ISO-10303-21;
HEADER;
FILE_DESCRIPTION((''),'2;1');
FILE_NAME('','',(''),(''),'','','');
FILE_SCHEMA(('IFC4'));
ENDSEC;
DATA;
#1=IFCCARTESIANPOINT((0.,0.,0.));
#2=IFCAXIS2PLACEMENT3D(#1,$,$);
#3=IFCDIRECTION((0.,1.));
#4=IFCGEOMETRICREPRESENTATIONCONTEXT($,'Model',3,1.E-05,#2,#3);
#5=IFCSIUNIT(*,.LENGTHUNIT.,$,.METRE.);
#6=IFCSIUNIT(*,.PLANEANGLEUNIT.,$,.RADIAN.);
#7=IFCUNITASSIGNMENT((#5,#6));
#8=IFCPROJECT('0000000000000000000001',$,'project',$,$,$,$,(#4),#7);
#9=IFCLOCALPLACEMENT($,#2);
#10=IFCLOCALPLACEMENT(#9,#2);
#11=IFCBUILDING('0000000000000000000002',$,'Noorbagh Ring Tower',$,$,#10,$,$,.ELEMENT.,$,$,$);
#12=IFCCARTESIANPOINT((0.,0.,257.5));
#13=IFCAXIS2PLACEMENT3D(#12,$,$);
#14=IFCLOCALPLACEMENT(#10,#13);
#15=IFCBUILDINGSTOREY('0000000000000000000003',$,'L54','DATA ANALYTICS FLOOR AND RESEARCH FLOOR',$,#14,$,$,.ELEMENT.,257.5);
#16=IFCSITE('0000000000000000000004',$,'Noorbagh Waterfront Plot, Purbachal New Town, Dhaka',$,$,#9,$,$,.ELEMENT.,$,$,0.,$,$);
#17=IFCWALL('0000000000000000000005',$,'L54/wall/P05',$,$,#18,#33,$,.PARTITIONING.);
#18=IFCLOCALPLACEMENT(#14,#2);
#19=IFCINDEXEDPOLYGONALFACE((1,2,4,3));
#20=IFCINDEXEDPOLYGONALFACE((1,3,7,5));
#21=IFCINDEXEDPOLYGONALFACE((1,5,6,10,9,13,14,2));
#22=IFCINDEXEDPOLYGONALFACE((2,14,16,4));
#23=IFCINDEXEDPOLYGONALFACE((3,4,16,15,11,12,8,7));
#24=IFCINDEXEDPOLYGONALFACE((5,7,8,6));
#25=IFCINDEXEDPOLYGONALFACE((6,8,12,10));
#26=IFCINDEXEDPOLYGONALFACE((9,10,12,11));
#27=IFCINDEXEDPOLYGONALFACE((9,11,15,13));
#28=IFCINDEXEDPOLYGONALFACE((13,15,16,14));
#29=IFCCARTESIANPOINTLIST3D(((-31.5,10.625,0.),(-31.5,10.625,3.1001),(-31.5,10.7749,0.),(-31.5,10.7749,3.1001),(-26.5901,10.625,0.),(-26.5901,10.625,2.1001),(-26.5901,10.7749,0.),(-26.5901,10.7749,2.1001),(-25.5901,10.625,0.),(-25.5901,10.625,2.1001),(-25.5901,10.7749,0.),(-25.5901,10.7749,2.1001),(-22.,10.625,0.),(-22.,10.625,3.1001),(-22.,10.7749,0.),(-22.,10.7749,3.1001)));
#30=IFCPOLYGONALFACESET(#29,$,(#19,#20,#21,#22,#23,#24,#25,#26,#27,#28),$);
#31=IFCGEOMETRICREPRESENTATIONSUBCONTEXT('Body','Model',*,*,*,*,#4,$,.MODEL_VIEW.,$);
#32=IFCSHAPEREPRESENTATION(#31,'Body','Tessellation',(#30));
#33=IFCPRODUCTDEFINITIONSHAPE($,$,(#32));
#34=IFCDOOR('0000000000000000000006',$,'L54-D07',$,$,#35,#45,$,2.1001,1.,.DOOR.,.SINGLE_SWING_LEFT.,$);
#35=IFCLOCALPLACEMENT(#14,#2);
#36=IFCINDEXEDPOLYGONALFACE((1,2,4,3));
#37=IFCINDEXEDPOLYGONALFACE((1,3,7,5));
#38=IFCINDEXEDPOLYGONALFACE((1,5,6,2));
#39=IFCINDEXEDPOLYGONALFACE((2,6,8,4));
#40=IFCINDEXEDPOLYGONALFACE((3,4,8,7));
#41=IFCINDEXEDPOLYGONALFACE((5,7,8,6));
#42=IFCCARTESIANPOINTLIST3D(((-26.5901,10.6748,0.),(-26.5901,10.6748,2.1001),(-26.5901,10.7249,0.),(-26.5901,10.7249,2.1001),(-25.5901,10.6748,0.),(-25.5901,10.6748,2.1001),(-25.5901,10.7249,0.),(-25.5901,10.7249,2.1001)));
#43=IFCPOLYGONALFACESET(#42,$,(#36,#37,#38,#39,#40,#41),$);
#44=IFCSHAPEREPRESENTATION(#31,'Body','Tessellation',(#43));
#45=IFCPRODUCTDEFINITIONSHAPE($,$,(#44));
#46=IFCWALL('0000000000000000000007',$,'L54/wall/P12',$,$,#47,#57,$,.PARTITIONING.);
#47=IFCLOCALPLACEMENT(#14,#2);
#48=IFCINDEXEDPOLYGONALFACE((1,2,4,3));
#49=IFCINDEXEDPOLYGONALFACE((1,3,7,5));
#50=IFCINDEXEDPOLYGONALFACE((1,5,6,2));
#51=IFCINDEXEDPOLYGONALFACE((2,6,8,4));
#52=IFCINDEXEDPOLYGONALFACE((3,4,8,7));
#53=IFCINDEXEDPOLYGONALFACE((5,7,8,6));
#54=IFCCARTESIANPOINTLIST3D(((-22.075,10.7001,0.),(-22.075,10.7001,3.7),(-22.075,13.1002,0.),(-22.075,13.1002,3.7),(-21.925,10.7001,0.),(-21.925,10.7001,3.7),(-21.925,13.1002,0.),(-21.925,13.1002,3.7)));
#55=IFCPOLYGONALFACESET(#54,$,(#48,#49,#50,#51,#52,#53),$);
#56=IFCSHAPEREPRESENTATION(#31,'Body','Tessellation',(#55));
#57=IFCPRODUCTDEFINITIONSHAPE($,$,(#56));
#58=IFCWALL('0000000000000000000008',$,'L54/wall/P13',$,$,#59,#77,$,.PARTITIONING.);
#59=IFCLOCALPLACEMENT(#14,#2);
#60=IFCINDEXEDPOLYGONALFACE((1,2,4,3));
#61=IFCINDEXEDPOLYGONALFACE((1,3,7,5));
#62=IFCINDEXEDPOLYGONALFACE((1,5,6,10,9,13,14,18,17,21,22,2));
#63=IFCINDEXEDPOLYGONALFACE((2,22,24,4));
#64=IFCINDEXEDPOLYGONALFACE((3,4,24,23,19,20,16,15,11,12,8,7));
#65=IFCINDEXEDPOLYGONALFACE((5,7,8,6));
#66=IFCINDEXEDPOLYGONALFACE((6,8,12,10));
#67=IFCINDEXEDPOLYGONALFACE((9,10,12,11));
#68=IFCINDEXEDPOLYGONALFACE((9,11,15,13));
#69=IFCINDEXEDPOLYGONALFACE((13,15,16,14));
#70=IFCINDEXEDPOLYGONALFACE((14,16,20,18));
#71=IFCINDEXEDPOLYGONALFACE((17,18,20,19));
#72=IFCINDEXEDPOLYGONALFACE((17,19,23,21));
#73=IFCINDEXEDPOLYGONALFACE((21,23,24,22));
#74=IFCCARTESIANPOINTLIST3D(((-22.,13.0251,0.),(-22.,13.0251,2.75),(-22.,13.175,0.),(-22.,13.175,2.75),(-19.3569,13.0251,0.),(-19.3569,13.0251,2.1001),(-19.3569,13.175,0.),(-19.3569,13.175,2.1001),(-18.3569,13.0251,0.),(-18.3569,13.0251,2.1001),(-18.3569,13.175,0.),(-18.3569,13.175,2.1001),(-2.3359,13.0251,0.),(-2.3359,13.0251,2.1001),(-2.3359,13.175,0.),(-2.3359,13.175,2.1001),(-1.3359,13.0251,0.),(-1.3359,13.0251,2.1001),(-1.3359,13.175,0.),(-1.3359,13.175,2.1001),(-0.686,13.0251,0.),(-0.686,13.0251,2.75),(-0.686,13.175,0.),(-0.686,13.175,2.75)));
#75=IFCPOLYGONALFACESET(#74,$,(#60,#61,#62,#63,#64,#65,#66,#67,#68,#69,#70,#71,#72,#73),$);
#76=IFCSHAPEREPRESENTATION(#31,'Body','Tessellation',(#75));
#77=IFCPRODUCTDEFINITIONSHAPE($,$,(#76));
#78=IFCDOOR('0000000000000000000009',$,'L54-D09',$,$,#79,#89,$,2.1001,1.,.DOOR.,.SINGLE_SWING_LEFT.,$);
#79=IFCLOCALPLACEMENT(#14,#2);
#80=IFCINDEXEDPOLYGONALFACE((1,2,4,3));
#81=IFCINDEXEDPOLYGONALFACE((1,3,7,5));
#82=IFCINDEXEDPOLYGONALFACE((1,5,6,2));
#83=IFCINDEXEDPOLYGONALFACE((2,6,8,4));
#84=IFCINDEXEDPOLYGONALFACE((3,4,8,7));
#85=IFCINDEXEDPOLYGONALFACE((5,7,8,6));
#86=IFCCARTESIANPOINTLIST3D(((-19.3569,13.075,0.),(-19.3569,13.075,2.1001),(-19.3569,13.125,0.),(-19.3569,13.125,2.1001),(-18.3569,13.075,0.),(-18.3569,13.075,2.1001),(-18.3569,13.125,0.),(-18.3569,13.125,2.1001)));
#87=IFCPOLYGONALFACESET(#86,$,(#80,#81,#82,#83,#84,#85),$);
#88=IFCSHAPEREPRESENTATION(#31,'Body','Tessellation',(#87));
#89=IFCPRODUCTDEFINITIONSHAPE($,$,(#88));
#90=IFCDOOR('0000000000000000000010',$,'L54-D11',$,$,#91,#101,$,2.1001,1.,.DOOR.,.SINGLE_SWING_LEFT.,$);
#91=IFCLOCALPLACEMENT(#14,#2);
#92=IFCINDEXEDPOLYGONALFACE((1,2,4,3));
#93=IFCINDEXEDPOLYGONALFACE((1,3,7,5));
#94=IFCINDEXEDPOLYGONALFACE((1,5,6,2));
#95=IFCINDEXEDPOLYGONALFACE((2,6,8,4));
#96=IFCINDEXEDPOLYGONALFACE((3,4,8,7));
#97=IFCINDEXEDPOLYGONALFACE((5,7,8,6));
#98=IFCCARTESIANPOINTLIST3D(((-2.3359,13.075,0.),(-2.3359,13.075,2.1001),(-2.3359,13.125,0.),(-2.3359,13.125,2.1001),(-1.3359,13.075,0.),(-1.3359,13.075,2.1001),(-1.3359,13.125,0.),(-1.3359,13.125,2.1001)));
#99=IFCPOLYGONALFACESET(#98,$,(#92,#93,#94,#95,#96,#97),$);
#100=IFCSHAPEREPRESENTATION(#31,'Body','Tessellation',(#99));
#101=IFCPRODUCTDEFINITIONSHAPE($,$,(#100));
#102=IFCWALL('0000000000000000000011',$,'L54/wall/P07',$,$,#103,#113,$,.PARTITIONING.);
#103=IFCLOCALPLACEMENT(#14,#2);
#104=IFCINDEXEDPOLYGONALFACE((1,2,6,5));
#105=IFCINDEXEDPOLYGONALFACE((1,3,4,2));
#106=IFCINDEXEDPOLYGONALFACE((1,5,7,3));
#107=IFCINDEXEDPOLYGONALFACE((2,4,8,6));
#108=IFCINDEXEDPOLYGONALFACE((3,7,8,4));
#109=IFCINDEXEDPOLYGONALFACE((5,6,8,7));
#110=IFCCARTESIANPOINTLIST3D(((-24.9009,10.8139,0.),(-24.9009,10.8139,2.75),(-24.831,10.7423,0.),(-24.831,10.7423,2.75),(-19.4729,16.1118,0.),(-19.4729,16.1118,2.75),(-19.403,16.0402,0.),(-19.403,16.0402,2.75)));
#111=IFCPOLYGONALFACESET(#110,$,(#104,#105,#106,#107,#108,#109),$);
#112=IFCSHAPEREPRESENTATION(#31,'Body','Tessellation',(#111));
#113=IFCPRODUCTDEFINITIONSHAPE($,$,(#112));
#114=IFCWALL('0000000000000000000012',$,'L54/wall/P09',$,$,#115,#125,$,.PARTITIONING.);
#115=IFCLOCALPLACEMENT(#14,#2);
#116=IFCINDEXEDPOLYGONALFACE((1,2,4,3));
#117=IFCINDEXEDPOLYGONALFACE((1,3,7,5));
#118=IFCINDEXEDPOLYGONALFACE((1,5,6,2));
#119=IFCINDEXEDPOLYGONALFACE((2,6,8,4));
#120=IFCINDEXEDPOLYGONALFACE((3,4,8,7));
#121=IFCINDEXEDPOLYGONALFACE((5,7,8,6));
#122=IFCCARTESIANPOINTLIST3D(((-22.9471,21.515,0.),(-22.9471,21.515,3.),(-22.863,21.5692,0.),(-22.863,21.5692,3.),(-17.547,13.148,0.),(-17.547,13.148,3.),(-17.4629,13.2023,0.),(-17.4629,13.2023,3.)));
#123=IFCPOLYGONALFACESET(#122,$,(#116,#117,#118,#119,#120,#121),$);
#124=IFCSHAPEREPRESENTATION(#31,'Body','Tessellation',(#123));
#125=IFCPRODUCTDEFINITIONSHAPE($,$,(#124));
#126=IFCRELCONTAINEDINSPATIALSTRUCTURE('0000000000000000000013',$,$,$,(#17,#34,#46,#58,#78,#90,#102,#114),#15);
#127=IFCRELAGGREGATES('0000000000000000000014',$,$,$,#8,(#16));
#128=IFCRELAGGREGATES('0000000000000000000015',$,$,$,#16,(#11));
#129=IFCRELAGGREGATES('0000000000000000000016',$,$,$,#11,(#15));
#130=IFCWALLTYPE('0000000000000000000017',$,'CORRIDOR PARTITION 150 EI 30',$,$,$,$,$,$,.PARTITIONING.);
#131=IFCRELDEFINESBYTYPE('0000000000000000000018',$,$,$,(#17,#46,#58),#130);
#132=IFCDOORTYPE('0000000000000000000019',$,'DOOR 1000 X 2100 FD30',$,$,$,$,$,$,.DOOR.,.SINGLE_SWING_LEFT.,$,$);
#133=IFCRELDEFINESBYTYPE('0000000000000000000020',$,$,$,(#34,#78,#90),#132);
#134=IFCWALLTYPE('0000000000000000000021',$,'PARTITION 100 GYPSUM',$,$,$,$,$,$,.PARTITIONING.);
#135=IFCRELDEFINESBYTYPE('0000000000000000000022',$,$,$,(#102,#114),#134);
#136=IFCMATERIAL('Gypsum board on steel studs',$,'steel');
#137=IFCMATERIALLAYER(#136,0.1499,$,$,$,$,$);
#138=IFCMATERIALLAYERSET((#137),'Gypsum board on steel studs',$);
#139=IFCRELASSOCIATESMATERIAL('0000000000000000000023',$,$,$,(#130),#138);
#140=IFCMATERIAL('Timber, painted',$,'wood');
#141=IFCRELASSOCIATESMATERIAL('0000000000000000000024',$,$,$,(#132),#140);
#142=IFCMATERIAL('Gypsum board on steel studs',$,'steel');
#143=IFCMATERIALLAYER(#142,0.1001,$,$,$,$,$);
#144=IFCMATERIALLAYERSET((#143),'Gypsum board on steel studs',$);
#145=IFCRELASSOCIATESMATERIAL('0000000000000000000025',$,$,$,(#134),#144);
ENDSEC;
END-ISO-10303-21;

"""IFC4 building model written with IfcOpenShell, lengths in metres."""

from ifc_helpers import new_model, si_unit, direction, frame, frame_2d, origin, place, context, subcontext, project, spatial, rectangle, extrude, material, layer, layer_set, type_object, element, fill, save


model = new_model("IFC4")

# Units and contexts
model_context = context("Model", 3, precision=1e-05, world=origin(), true_north=direction((0.0, 1.0)))
body_context = subcontext(model_context, "Body", "Model", "MODEL_VIEW")
ifc_project = project(units=[si_unit("LENGTHUNIT", "METRE"), si_unit("PLANEANGLEUNIT", "RADIAN")], contexts=[model_context])

# Site, building, storey
site_placement = place(None, origin())
site = spatial("IfcSite", under=ifc_project, at=site_placement, Name="Noorbagh Waterfront Plot, Purbachal New Town, Dhaka", CompositionType="ELEMENT", RefElevation=0.0)
building_placement = place(site_placement, origin())
building = spatial("IfcBuilding", under=site, at=building_placement, Name="Noorbagh Ring Tower", CompositionType="ELEMENT")
storey_placement = place(building_placement, frame((0.0, 0.0, 257.5)))
storey = spatial("IfcBuildingStorey", under=building, at=storey_placement, Name="L54", Description="DATA ANALYTICS FLOOR AND RESEARCH FLOOR", CompositionType="ELEMENT", Elevation=257.5)

# Shared definitions
ifc_material_1 = material(Name="Gypsum board on steel studs", Category="steel")
ifc_layer_1 = layer(ifc_material_1, 0.1499)
ifc_layer_set_1 = layer_set([ifc_layer_1], Name="Gypsum board on steel studs")
wall_type_1 = type_object("IfcWallType", Name="CORRIDOR PARTITION 150 EI 30", PredefinedType="PARTITIONING", material=ifc_layer_set_1)

# Wall, opening, door
wall_1_placement = place(storey_placement, frame((-31.5, 10.7, 0.0), z_axis=(0.0, 0.0, 1.0), x_axis=(1.0, 0.0, 0.0)))
wall_1 = element("IfcWall", 1, at=wall_1_placement, inside=storey, type_object=wall_type_1, Name="L54/wall/P05", PredefinedType="PARTITIONING", context=body_context, shape_type="SweptSolid", body=[
    extrude(rectangle(XDim=9.5, YDim=0.1499, at=frame_2d((4.75, 0.0))), origin(), (0.0, 0.0, 1.0), 3.1001),
])
opening_1_placement = place(wall_1_placement, frame((4.9099, 0.0, 0.0)))
opening_1 = element("IfcOpeningElement", 2, at=opening_1_placement, cuts=wall_1, PredefinedType="OPENING", context=body_context, shape_type="SweptSolid", body=[
    extrude(rectangle(XDim=1.0, YDim=2.1001, at=frame_2d((0.5, 1.05))), frame((0.0, 0.085, 0.0), z_axis=(0.0, -1.0, 0.0), x_axis=(1.0, 0.0, 0.0)), (0.0, 0.0, 1.0), 0.1699),
])
ifc_material_2 = material(Name="Timber, painted", Category="wood")
door_type = type_object("IfcDoorType", Name="DOOR 1000 X 2100 FD30", OperationType="SINGLE_SWING_LEFT", PredefinedType="DOOR", material=ifc_material_2)
door_1_placement = place(opening_1_placement, origin())
door_1 = element("IfcDoor", 3, at=door_1_placement, inside=storey, type_object=door_type, Name="L54-D07", OperationType="SINGLE_SWING_LEFT", OverallHeight=2.1001, OverallWidth=1.0, PredefinedType="DOOR", context=body_context, shape_type="SweptSolid", body=[
    extrude(rectangle(XDim=1.0, YDim=2.1001, at=frame_2d((0.5, 1.05))), frame((0.0, 0.0249, 0.0), z_axis=(0.0, -1.0, 0.0), x_axis=(1.0, 0.0, 0.0)), (0.0, 0.0, 1.0), 0.05),
])
fill(opening_1, door_1)

# Wall
wall_2_placement = place(storey_placement, frame((-22.0, 10.7, 0.0), z_axis=(0.0, 0.0, 1.0), x_axis=(0.0, 1.0, 0.0)))
element("IfcWall", 4, at=wall_2_placement, inside=storey, type_object=wall_type_1, Name="L54/wall/P12", PredefinedType="PARTITIONING", context=body_context, shape_type="SweptSolid", body=[
    extrude(rectangle(XDim=2.4001, YDim=0.1499, at=frame_2d((1.2002, 0.0))), origin(), (0.0, 0.0, 1.0), 3.7),
])

# Wall, openings, doors
wall_3_placement = place(storey_placement, frame((-22.0, 13.1001, 0.0), z_axis=(0.0, 0.0, 1.0), x_axis=(1.0, 0.0, 0.0)))
wall_3 = element("IfcWall", 5, at=wall_3_placement, inside=storey, type_object=wall_type_1, Name="L54/wall/P13", PredefinedType="PARTITIONING", context=body_context, shape_type="SweptSolid", body=[
    extrude(rectangle(XDim=21.314, YDim=0.1499, at=frame_2d((10.657, 0.0))), origin(), (0.0, 0.0, 1.0), 2.75),
])
opening_2_placement = place(wall_3_placement, frame((2.6431, 0.0, 0.0)))
opening_2 = element("IfcOpeningElement", 6, at=opening_2_placement, cuts=wall_3, PredefinedType="OPENING", context=body_context, shape_type="SweptSolid", body=[
    extrude(rectangle(XDim=1.0, YDim=2.1001, at=frame_2d((0.5, 1.05))), frame((0.0, 0.085, 0.0), z_axis=(0.0, -1.0, 0.0), x_axis=(1.0, 0.0, 0.0)), (0.0, 0.0, 1.0), 0.1699),
])
opening_3_placement = place(wall_3_placement, frame((19.6641, 0.0, 0.0)))
opening_3 = element("IfcOpeningElement", 7, at=opening_3_placement, cuts=wall_3, PredefinedType="OPENING", context=body_context, shape_type="SweptSolid", body=[
    extrude(rectangle(XDim=1.0, YDim=2.1001, at=frame_2d((0.5, 1.05))), frame((0.0, 0.085, 0.0), z_axis=(0.0, -1.0, 0.0), x_axis=(1.0, 0.0, 0.0)), (0.0, 0.0, 1.0), 0.1699),
])
door_2_placement = place(opening_2_placement, origin())
door_2 = element("IfcDoor", 8, at=door_2_placement, inside=storey, type_object=door_type, Name="L54-D09", OperationType="SINGLE_SWING_LEFT", OverallHeight=2.1001, OverallWidth=1.0, PredefinedType="DOOR", context=body_context, shape_type="SweptSolid", body=[
    extrude(rectangle(XDim=1.0, YDim=2.1001, at=frame_2d((0.5, 1.05))), frame((0.0, 0.0249, 0.0), z_axis=(0.0, -1.0, 0.0), x_axis=(1.0, 0.0, 0.0)), (0.0, 0.0, 1.0), 0.05),
])
fill(opening_2, door_2)
door_3_placement = place(opening_3_placement, origin())
door_3 = element("IfcDoor", 9, at=door_3_placement, inside=storey, type_object=door_type, Name="L54-D11", OperationType="SINGLE_SWING_LEFT", OverallHeight=2.1001, OverallWidth=1.0, PredefinedType="DOOR", context=body_context, shape_type="SweptSolid", body=[
    extrude(rectangle(XDim=1.0, YDim=2.1001, at=frame_2d((0.5, 1.05))), frame((0.0, 0.0249, 0.0), z_axis=(0.0, -1.0, 0.0), x_axis=(1.0, 0.0, 0.0)), (0.0, 0.0, 1.0), 0.05),
])
fill(opening_3, door_3)

# Walls
ifc_material_3 = material(Name="Gypsum board on steel studs", Category="steel")
ifc_layer_2 = layer(ifc_material_3, 0.1001)
ifc_layer_set_2 = layer_set([ifc_layer_2], Name="Gypsum board on steel studs")
wall_type_2 = type_object("IfcWallType", Name="PARTITION 100 GYPSUM", PredefinedType="PARTITIONING", material=ifc_layer_set_2)
wall_4_placement = place(storey_placement, frame((-24.866, 10.7781, 0.0), z_axis=(0.0, 0.0, 1.0), x_axis=(0.715633, 0.698477, 0.0)))
element("IfcWall", 10, at=wall_4_placement, inside=storey, type_object=wall_type_2, Name="L54/wall/P07", PredefinedType="PARTITIONING", context=body_context, shape_type="SweptSolid", body=[
    extrude(rectangle(XDim=7.585, YDim=0.1001, at=frame_2d((3.7925, 0.0))), origin(), (0.0, 0.0, 1.0), 2.75),
])
wall_5_placement = place(storey_placement, frame((-22.905, 21.542, 0.0), z_axis=(0.0, 0.0, 1.0), x_axis=(0.542277, -0.8402, 0.0)))
element("IfcWall", 11, at=wall_5_placement, inside=storey, type_object=wall_type_2, Name="L54/wall/P09", PredefinedType="PARTITIONING", context=body_context, shape_type="SweptSolid", body=[
    extrude(rectangle(XDim=9.9583, YDim=0.1001, at=frame_2d((4.979, 0.0))), origin(), (0.0, 0.0, 1.0), 3.0),
])

save(model, "model.ifc")
